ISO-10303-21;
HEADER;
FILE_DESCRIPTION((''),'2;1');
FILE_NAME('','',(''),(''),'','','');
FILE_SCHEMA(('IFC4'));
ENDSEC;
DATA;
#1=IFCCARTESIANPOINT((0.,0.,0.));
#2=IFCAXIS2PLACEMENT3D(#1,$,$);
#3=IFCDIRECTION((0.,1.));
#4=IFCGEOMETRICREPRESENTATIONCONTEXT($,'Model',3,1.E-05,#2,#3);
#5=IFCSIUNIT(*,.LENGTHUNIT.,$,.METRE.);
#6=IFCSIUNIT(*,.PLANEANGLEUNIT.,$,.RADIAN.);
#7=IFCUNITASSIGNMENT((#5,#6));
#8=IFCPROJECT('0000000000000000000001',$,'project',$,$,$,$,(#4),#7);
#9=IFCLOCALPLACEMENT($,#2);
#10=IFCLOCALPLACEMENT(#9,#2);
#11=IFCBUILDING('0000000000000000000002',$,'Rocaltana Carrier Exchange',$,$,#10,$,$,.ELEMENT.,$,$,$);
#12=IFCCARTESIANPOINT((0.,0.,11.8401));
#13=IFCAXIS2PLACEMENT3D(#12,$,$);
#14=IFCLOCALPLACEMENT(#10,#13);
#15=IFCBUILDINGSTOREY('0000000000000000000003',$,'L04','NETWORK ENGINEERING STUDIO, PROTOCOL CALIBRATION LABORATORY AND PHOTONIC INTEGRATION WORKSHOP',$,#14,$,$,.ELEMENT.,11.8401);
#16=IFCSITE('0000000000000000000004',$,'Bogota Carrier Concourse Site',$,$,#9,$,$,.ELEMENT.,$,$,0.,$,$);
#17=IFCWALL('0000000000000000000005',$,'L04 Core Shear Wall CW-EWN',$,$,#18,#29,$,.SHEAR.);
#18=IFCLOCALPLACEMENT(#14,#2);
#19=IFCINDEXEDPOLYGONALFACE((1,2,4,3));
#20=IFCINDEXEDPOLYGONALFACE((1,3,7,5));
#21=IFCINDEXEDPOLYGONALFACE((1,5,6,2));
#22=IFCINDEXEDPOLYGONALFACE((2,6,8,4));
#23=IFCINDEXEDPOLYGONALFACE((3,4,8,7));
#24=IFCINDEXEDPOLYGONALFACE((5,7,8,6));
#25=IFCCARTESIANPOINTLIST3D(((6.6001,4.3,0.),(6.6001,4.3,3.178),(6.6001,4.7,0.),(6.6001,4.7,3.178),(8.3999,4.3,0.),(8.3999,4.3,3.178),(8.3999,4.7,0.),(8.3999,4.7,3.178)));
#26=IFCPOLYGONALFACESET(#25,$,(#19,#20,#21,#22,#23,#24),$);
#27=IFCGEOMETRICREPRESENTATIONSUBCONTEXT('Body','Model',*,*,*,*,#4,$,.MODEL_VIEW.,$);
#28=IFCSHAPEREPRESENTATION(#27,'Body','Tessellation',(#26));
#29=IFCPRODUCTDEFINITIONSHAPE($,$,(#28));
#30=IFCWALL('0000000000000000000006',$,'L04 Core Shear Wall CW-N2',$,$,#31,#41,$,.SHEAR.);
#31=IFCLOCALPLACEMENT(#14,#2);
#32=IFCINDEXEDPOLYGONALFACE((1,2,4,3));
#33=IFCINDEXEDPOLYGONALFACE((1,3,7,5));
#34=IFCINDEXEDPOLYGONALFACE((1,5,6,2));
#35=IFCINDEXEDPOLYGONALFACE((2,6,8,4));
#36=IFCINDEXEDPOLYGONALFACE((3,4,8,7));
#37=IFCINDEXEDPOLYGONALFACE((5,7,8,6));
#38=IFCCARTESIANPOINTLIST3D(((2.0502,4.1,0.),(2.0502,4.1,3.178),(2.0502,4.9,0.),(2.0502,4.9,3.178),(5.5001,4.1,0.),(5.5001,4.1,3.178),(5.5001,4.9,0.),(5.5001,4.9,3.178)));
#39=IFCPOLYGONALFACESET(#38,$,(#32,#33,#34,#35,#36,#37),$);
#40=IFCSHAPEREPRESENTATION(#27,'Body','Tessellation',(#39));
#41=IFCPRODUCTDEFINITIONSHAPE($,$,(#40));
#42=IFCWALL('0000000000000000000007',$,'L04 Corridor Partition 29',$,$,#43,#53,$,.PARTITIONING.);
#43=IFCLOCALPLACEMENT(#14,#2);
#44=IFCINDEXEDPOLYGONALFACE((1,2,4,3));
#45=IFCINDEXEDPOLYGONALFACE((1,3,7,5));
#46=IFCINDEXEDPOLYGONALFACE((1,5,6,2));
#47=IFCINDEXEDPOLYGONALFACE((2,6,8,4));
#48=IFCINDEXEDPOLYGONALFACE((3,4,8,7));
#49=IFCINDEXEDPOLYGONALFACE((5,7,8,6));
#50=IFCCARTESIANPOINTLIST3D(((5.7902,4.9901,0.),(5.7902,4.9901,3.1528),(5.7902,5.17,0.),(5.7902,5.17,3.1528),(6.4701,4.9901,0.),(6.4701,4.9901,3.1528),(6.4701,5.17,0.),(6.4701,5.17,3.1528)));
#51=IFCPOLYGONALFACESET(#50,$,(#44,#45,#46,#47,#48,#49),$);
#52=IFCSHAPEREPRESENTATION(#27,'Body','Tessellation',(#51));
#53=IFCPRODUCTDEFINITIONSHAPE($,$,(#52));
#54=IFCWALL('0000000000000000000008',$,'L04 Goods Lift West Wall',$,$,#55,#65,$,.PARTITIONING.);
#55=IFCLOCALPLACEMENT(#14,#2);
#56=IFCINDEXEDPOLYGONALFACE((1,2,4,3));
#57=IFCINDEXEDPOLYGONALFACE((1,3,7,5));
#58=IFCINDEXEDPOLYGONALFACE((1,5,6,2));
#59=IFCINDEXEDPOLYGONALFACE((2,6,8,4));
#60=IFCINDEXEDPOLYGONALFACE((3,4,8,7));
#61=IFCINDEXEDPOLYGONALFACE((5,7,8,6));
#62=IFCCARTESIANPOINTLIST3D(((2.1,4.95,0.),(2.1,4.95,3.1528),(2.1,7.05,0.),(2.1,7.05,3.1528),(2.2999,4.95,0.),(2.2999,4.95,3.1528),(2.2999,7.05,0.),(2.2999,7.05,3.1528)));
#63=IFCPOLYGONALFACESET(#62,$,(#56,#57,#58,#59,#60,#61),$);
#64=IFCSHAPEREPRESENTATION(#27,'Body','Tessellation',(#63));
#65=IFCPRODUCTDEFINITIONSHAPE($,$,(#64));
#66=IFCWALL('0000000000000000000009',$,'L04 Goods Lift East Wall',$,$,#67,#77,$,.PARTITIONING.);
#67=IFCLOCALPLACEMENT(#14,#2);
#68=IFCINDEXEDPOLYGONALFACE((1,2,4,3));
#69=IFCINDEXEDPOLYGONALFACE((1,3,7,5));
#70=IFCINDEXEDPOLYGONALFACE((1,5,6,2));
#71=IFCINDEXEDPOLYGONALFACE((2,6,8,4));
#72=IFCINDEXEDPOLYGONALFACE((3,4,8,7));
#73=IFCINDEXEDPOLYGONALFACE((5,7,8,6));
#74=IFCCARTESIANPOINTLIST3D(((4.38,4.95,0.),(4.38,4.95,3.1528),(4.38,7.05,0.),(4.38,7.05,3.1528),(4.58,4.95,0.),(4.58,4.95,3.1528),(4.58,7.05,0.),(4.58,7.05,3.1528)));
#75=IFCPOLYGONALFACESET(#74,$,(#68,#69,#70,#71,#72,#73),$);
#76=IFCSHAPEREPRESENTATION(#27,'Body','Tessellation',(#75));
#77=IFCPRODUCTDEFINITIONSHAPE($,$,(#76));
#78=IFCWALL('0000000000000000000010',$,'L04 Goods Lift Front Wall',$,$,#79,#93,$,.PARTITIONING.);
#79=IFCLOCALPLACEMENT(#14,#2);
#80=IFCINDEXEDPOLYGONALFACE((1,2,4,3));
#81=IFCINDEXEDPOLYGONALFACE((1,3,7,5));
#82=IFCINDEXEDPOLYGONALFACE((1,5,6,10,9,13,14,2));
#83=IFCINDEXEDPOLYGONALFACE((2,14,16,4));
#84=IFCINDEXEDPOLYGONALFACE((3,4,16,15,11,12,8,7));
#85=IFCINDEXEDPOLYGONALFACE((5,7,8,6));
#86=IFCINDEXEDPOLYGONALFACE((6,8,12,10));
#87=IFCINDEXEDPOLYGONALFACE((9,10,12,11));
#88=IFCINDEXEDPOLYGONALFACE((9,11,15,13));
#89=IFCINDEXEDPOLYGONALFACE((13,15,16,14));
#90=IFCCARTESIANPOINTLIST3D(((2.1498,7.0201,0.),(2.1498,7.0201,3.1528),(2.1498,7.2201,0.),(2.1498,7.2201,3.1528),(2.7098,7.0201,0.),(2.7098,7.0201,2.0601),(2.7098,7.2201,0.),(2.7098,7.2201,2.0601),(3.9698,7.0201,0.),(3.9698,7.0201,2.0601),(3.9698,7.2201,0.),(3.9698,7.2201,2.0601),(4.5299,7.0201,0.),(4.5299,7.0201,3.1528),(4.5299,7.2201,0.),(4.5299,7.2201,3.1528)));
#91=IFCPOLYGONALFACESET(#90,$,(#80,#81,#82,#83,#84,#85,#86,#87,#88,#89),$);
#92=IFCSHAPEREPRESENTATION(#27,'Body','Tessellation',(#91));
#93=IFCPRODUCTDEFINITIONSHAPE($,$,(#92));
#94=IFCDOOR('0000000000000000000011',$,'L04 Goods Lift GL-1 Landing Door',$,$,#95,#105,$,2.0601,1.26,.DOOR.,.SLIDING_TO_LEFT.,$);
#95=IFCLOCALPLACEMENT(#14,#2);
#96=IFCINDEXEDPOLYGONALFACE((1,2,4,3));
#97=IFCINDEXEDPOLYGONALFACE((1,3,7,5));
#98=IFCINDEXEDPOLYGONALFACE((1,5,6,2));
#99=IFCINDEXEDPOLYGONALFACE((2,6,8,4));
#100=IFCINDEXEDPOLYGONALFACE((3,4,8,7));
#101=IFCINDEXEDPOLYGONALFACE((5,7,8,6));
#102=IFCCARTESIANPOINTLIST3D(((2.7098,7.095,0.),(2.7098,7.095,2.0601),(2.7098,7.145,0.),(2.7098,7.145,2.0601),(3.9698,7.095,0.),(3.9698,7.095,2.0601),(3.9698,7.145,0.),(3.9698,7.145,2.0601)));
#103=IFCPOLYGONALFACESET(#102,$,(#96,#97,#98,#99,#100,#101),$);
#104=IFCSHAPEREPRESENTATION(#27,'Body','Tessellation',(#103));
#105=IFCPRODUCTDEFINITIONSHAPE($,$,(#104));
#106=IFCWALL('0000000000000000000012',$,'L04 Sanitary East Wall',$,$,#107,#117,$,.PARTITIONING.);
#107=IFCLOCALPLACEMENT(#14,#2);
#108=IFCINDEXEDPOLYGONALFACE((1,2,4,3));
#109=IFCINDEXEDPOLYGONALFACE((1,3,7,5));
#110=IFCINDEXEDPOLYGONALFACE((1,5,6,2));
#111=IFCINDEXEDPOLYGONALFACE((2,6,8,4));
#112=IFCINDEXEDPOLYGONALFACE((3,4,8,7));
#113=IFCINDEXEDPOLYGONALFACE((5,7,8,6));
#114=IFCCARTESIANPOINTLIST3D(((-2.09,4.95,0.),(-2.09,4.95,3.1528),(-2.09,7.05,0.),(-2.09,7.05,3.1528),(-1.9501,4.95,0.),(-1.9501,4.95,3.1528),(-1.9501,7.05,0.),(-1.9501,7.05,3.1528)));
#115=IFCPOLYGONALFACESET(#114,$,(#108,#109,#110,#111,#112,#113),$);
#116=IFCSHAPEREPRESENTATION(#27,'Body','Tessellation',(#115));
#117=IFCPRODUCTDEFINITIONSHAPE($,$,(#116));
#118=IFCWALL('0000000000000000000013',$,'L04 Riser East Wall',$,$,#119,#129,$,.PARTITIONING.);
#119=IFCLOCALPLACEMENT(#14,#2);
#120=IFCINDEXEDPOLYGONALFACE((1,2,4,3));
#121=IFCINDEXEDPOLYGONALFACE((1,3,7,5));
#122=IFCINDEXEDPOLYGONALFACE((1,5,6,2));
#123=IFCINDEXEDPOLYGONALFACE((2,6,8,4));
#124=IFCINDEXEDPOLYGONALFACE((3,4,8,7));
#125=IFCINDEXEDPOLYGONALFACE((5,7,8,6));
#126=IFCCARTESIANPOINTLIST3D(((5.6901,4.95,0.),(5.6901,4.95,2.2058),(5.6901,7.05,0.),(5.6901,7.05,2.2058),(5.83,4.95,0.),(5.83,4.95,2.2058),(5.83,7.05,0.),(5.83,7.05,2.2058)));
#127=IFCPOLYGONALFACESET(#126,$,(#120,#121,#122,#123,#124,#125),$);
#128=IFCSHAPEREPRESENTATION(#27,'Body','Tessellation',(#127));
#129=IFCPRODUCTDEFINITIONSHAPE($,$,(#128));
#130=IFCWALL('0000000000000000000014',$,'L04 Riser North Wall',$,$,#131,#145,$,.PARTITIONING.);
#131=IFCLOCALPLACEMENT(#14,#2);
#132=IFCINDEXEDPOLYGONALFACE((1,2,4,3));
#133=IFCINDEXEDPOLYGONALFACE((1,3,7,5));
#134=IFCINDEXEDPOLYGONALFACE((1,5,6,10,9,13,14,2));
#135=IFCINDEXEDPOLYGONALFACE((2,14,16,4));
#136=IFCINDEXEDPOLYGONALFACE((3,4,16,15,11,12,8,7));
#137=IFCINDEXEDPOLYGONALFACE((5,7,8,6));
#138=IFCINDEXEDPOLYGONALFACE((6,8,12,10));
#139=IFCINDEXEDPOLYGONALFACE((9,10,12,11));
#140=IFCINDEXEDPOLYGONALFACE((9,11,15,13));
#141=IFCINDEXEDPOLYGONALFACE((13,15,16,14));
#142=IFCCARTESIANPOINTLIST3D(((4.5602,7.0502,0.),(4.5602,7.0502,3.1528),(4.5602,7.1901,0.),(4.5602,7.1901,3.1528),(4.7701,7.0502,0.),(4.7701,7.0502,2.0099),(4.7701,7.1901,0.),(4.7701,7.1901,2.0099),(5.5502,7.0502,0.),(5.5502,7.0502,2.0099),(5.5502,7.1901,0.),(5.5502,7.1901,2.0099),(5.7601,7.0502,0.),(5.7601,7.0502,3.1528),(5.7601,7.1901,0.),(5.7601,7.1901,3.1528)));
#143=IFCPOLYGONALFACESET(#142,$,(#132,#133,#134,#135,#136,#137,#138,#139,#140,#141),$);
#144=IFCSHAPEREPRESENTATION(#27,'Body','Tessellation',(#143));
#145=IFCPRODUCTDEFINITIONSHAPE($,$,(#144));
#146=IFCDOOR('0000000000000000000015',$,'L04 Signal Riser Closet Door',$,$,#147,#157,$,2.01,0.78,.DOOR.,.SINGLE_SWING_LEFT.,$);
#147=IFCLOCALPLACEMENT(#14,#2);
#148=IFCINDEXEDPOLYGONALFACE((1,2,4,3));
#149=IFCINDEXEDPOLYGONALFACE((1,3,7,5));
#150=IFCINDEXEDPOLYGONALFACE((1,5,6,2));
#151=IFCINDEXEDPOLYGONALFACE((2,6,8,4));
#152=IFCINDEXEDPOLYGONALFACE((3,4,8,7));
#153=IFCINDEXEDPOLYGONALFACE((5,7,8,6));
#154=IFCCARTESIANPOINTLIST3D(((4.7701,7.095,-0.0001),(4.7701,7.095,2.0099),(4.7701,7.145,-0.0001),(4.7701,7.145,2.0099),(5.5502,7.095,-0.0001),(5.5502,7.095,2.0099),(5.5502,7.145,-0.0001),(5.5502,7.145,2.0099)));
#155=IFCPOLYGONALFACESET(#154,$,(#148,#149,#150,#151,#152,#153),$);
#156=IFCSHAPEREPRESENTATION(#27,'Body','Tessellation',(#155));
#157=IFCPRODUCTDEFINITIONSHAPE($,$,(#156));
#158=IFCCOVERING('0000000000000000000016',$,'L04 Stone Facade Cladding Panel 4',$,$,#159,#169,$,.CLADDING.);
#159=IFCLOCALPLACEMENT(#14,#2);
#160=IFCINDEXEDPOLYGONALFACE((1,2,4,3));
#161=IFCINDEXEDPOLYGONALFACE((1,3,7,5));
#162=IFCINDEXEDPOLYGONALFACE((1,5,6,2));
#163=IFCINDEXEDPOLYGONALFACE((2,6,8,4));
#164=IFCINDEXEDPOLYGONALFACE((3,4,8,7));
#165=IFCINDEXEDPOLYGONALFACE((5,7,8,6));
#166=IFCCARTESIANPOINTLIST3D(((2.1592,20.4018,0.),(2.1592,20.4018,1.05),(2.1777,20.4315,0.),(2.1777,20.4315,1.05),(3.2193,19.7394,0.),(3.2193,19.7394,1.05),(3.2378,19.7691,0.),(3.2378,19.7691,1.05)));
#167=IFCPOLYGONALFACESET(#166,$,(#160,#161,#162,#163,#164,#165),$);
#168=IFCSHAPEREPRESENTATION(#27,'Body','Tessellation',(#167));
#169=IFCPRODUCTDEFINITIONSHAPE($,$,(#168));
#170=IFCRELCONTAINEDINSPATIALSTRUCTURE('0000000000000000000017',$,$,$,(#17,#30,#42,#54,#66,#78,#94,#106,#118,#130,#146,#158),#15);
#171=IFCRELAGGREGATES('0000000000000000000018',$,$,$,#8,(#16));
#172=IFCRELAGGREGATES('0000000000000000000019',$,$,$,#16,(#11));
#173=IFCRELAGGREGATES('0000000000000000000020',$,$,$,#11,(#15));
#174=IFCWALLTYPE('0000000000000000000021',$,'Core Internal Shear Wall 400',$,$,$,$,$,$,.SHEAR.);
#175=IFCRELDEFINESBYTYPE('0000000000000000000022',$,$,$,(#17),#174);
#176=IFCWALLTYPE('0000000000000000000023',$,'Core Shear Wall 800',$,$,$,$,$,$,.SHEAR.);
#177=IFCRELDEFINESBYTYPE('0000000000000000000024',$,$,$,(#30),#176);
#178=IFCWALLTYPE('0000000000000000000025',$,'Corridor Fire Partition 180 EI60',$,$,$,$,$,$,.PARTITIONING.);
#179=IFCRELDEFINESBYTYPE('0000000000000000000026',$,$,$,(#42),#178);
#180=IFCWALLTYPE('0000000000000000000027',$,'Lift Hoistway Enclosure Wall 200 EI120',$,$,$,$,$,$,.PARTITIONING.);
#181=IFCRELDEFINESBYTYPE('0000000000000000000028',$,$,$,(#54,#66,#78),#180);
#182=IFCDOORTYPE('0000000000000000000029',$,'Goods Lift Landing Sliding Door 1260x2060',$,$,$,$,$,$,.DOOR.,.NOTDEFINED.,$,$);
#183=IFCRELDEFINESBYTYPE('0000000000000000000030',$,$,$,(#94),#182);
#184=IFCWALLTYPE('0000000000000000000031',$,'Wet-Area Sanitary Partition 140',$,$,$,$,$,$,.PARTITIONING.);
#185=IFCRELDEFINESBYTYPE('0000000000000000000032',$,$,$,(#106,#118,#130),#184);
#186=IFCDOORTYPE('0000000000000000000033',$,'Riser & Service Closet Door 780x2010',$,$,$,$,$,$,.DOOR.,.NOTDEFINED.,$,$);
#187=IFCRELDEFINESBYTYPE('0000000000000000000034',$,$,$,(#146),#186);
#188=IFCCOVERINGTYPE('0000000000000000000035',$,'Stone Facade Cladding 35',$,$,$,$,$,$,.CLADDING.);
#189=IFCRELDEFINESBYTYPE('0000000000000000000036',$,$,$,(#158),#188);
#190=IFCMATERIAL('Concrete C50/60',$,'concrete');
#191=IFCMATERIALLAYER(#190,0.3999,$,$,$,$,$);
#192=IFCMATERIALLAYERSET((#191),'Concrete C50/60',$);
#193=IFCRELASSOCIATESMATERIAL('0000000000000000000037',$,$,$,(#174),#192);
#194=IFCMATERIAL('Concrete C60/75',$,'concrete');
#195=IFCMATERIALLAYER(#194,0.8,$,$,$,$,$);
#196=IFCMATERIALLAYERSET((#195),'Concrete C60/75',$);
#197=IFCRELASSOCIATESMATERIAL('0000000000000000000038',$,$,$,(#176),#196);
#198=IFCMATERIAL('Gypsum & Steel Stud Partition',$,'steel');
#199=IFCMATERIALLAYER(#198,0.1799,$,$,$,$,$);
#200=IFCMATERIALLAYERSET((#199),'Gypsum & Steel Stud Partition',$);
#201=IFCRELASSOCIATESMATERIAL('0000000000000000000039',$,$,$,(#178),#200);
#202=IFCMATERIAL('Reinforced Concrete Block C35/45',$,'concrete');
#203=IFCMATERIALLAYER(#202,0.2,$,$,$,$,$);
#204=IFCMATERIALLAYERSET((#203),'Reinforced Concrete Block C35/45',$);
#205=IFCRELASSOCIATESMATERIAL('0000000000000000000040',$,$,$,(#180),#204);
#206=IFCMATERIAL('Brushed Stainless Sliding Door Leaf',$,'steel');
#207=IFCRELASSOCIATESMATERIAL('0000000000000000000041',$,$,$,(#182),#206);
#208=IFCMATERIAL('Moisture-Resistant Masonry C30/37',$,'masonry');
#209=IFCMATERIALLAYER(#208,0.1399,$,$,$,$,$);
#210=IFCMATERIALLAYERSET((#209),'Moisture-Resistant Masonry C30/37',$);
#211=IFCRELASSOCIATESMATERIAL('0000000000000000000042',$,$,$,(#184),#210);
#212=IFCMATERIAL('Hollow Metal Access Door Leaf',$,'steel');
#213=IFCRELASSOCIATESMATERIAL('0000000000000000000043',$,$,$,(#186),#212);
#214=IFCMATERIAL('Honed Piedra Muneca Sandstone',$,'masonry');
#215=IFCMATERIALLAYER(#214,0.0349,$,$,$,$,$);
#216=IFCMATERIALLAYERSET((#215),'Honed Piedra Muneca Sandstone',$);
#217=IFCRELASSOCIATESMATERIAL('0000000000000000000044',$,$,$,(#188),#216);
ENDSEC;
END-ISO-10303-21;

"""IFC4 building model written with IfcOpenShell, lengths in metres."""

from ifc_helpers import new_model, si_unit, direction, frame, frame_2d, origin, origin_2d, place, context, subcontext, project, spatial, rectangle, extrude, material, layer, layer_set, type_object, element, fill, save


model = new_model("IFC4")

# Units and contexts
model_context = context("Model", 3, precision=1e-05, world=origin(), true_north=direction((0.0, 1.0)))
body_context = subcontext(model_context, "Body", "Model", "MODEL_VIEW")
ifc_project = project(units=[si_unit("LENGTHUNIT", "METRE"), si_unit("PLANEANGLEUNIT", "RADIAN")], contexts=[model_context])

# Site, building, storey
site_placement = place(None, origin())
site = spatial("IfcSite", under=ifc_project, at=site_placement, Name="Bogota Carrier Concourse Site", CompositionType="ELEMENT", RefElevation=0.0)
building_placement = place(site_placement, origin())
building = spatial("IfcBuilding", under=site, at=building_placement, Name="Rocaltana Carrier Exchange", CompositionType="ELEMENT")
storey_placement = place(building_placement, frame((0.0, 0.0, 11.8401)))
storey = spatial("IfcBuildingStorey", under=building, at=storey_placement, Name="L04", Description="NETWORK ENGINEERING STUDIO, PROTOCOL CALIBRATION LABORATORY AND PHOTONIC INTEGRATION WORKSHOP", CompositionType="ELEMENT", Elevation=11.8401)

# Walls
ifc_material_1 = material(Name="Concrete C50/60", Category="concrete")
ifc_layer_1 = layer(ifc_material_1, 0.3999)
ifc_layer_set_1 = layer_set([ifc_layer_1], Name="Concrete C50/60")
wall_type_1 = type_object("IfcWallType", Name="Core Internal Shear Wall 400", PredefinedType="SHEAR", material=ifc_layer_set_1)
wall_1_placement = place(storey_placement, frame((6.6001, 4.5, 0.0), z_axis=(0.0, 0.0, 1.0), x_axis=(1.0, 0.0, 0.0)))
element("IfcWall", 1, at=wall_1_placement, inside=storey, type_object=wall_type_1, Name="L04 Core Shear Wall CW-EWN", PredefinedType="SHEAR", context=body_context, shape_type="SweptSolid", body=[
    extrude(rectangle(XDim=1.7998, YDim=0.3999, at=frame_2d((0.8999, 0.0))), origin(), (0.0, 0.0, 1.0), 3.178),
])
ifc_material_2 = material(Name="Concrete C60/75", Category="concrete")
ifc_layer_2 = layer(ifc_material_2, 0.8)
ifc_layer_set_2 = layer_set([ifc_layer_2], Name="Concrete C60/75")
wall_type_2 = type_object("IfcWallType", Name="Core Shear Wall 800", PredefinedType="SHEAR", material=ifc_layer_set_2)
wall_2_placement = place(storey_placement, frame((2.05, 4.5, 0.0), z_axis=(0.0, 0.0, 1.0), x_axis=(1.0, 0.0, 0.0)))
element("IfcWall", 2, at=wall_2_placement, inside=storey, type_object=wall_type_2, Name="L04 Core Shear Wall CW-N2", PredefinedType="SHEAR", context=body_context, shape_type="SweptSolid", body=[
    extrude(rectangle(XDim=3.45, YDim=0.8, at=frame_2d((1.7251, 0.0))), origin(), (0.0, 0.0, 1.0), 3.178),
])
ifc_material_3 = material(Name="Gypsum & Steel Stud Partition", Category="steel")
ifc_layer_3 = layer(ifc_material_3, 0.1799)
ifc_layer_set_3 = layer_set([ifc_layer_3], Name="Gypsum & Steel Stud Partition")
wall_type_3 = type_object("IfcWallType", Name="Corridor Fire Partition 180 EI60", PredefinedType="PARTITIONING", material=ifc_layer_set_3)
wall_3_placement = place(storey_placement, frame((6.47, 5.0801, 0.0), z_axis=(0.0, 0.0, 1.0), x_axis=(-1.0, 0.0, 0.0)))
element("IfcWall", 3, at=wall_3_placement, inside=storey, type_object=wall_type_3, Name="L04 Corridor Partition 29", PredefinedType="PARTITIONING", context=body_context, shape_type="SweptSolid", body=[
    extrude(rectangle(XDim=0.6799, YDim=0.1799, at=frame_2d((0.3398, 0.0))), origin(), (0.0, 0.0, 1.0), 3.1528),
])
ifc_material_4 = material(Name="Reinforced Concrete Block C35/45", Category="concrete")
ifc_layer_4 = layer(ifc_material_4, 0.2)
ifc_layer_set_4 = layer_set([ifc_layer_4], Name="Reinforced Concrete Block C35/45")
wall_type_4 = type_object("IfcWallType", Name="Lift Hoistway Enclosure Wall 200 EI120", PredefinedType="PARTITIONING", material=ifc_layer_set_4)
for number, where, z_axis, x_axis, name in (
    (4, (2.2, 4.95, 0.0), (0.0, 0.0, 1.0), (0.0, 1.0, 0.0), "L04 Goods Lift West Wall"),
    (5, (4.48, 4.95, 0.0), (0.0, 0.0, 1.0), (0.0, 1.0, 0.0), "L04 Goods Lift East Wall"),
):
    element("IfcWall", number, at=place(storey_placement, frame(where, z_axis=z_axis, x_axis=x_axis)), inside=storey, type_object=wall_type_4, Name=name, PredefinedType="PARTITIONING", context=body_context, shape_type="SweptSolid", body=[
        extrude(rectangle(XDim=2.1001, YDim=0.2, at=frame_2d((1.05, 0.0))), origin(), (0.0, 0.0, 1.0), 3.1528),
    ])

# Wall, opening, door
wall_4_placement = place(storey_placement, frame((2.1499, 7.1201, 0.0), z_axis=(0.0, 0.0, 1.0), x_axis=(1.0, 0.0, 0.0)))
wall_4 = element("IfcWall", 6, at=wall_4_placement, inside=storey, type_object=wall_type_4, Name="L04 Goods Lift Front Wall", PredefinedType="PARTITIONING", context=body_context, shape_type="SweptSolid", body=[
    extrude(rectangle(XDim=2.3801, YDim=0.2, at=frame_2d((1.1899, 0.0))), origin(), (0.0, 0.0, 1.0), 3.1528),
])
opening_1_placement = place(wall_4_placement, frame((0.5601, 0.0, 0.0)))
opening_1 = element("IfcOpeningElement", 7, at=opening_1_placement, cuts=wall_4, PredefinedType="OPENING", context=body_context, shape_type="SweptSolid", body=[
    extrude(rectangle(XDim=1.26, YDim=2.0601, at=frame_2d((0.6299, 1.03))), frame((0.0, 0.1099, 0.0), z_axis=(0.0, -1.0, 0.0), x_axis=(1.0, 0.0, 0.0)), (0.0, 0.0, 1.0), 0.22),
])
ifc_material_5 = material(Name="Brushed Stainless Sliding Door Leaf", Category="steel")
door_type_1 = type_object("IfcDoorType", Name="Goods Lift Landing Sliding Door 1260x2060", OperationType="NOTDEFINED", PredefinedType="DOOR", material=ifc_material_5)
door_1_placement = place(opening_1_placement, origin())
door_1 = element("IfcDoor", 8, at=door_1_placement, inside=storey, type_object=door_type_1, Name="L04 Goods Lift GL-1 Landing Door", OperationType="SLIDING_TO_LEFT", OverallHeight=2.0601, OverallWidth=1.26, PredefinedType="DOOR", context=body_context, shape_type="SweptSolid", body=[
    extrude(rectangle(XDim=1.26, YDim=2.0601, at=frame_2d((0.6299, 1.03))), frame((0.0, 0.0249, 0.0), z_axis=(0.0, -1.0, 0.0), x_axis=(1.0, 0.0, 0.0)), (0.0, 0.0, 1.0), 0.05),
])
fill(opening_1, door_1)

# Walls
ifc_material_6 = material(Name="Moisture-Resistant Masonry C30/37", Category="masonry")
ifc_layer_5 = layer(ifc_material_6, 0.1399)
ifc_layer_set_5 = layer_set([ifc_layer_5], Name="Moisture-Resistant Masonry C30/37")
wall_type_5 = type_object("IfcWallType", Name="Wet-Area Sanitary Partition 140", PredefinedType="PARTITIONING", material=ifc_layer_set_5)
wall_5_placement = place(storey_placement, frame((-2.02, 4.95, 0.0), z_axis=(0.0, 0.0, 1.0), x_axis=(0.0, 1.0, 0.0)))
element("IfcWall", 9, at=wall_5_placement, inside=storey, type_object=wall_type_5, Name="L04 Sanitary East Wall", PredefinedType="PARTITIONING", context=body_context, shape_type="SweptSolid", body=[
    extrude(rectangle(XDim=2.1001, YDim=0.1399, at=frame_2d((1.05, 0.0))), origin(), (0.0, 0.0, 1.0), 3.1528),
])
wall_6_placement = place(storey_placement, frame((5.76, 4.95, 0.0), z_axis=(0.0, 0.0, 1.0), x_axis=(0.0, 1.0, 0.0)))
element("IfcWall", 10, at=wall_6_placement, inside=storey, type_object=wall_type_5, Name="L04 Riser East Wall", PredefinedType="PARTITIONING", context=body_context, shape_type="SweptSolid", body=[
    extrude(rectangle(XDim=2.1001, YDim=0.1399, at=frame_2d((1.05, 0.0))), origin(), (0.0, 0.0, 1.0), 2.2058),
])

# Wall, opening, door
wall_7_placement = place(storey_placement, frame((4.5601, 7.1201, 0.0), z_axis=(0.0, 0.0, 1.0), x_axis=(1.0, 0.0, 0.0)))
wall_7 = element("IfcWall", 11, at=wall_7_placement, inside=storey, type_object=wall_type_5, Name="L04 Riser North Wall", PredefinedType="PARTITIONING", context=body_context, shape_type="SweptSolid", body=[
    extrude(rectangle(XDim=1.2, YDim=0.1399, at=frame_2d((0.6001, 0.0))), origin(), (0.0, 0.0, 1.0), 3.1528),
])
opening_2_placement = place(wall_7_placement, frame((0.21, 0.0, 0.0)))
opening_2 = element("IfcOpeningElement", 12, at=opening_2_placement, cuts=wall_7, PredefinedType="OPENING", context=body_context, shape_type="SweptSolid", body=[
    extrude(rectangle(XDim=0.78, YDim=2.01, at=frame_2d((0.3901, 1.0049))), frame((0.0, 0.0798, 0.0), z_axis=(0.0, -1.0, 0.0), x_axis=(1.0, 0.0, 0.0)), (0.0, 0.0, 1.0), 0.1599),
])
ifc_material_7 = material(Name="Hollow Metal Access Door Leaf", Category="steel")
door_type_2 = type_object("IfcDoorType", Name="Riser & Service Closet Door 780x2010", OperationType="NOTDEFINED", PredefinedType="DOOR", material=ifc_material_7)
door_2_placement = place(opening_2_placement, origin())
door_2 = element("IfcDoor", 13, at=door_2_placement, inside=storey, type_object=door_type_2, Name="L04 Signal Riser Closet Door", OperationType="SINGLE_SWING_LEFT", OverallHeight=2.01, OverallWidth=0.78, PredefinedType="DOOR", context=body_context, shape_type="SweptSolid", body=[
    extrude(rectangle(XDim=0.78, YDim=2.01, at=frame_2d((0.3901, 1.0049))), frame((0.0, 0.0249, 0.0), z_axis=(0.0, -1.0, 0.0), x_axis=(1.0, 0.0, 0.0)), (0.0, 0.0, 1.0), 0.05),
])
fill(opening_2, door_2)

# Covering
ifc_material_8 = material(Name="Honed Piedra Muneca Sandstone", Category="masonry")
ifc_layer_6 = layer(ifc_material_8, 0.0349)
ifc_layer_set_6 = layer_set([ifc_layer_6], Name="Honed Piedra Muneca Sandstone")
covering_type = type_object("IfcCoveringType", Name="Stone Facade Cladding 35", PredefinedType="CLADDING", material=ifc_layer_set_6)
covering_placement = place(storey_placement, frame((2.6985, 20.0854, 0.0), z_axis=(0.0, 0.0, 1.0), x_axis=(-0.848048, 0.529919, 0.0)))
element("IfcCovering", 14, at=covering_placement, inside=storey, type_object=covering_type, Name="L04 Stone Facade Cladding Panel 4", PredefinedType="CLADDING", context=body_context, shape_type="SweptSolid", body=[
    extrude(rectangle(XDim=1.25, YDim=0.0349, at=origin_2d()), origin(), (0.0, 0.0, 1.0), 1.05),
])

save(model, "model.ifc")
